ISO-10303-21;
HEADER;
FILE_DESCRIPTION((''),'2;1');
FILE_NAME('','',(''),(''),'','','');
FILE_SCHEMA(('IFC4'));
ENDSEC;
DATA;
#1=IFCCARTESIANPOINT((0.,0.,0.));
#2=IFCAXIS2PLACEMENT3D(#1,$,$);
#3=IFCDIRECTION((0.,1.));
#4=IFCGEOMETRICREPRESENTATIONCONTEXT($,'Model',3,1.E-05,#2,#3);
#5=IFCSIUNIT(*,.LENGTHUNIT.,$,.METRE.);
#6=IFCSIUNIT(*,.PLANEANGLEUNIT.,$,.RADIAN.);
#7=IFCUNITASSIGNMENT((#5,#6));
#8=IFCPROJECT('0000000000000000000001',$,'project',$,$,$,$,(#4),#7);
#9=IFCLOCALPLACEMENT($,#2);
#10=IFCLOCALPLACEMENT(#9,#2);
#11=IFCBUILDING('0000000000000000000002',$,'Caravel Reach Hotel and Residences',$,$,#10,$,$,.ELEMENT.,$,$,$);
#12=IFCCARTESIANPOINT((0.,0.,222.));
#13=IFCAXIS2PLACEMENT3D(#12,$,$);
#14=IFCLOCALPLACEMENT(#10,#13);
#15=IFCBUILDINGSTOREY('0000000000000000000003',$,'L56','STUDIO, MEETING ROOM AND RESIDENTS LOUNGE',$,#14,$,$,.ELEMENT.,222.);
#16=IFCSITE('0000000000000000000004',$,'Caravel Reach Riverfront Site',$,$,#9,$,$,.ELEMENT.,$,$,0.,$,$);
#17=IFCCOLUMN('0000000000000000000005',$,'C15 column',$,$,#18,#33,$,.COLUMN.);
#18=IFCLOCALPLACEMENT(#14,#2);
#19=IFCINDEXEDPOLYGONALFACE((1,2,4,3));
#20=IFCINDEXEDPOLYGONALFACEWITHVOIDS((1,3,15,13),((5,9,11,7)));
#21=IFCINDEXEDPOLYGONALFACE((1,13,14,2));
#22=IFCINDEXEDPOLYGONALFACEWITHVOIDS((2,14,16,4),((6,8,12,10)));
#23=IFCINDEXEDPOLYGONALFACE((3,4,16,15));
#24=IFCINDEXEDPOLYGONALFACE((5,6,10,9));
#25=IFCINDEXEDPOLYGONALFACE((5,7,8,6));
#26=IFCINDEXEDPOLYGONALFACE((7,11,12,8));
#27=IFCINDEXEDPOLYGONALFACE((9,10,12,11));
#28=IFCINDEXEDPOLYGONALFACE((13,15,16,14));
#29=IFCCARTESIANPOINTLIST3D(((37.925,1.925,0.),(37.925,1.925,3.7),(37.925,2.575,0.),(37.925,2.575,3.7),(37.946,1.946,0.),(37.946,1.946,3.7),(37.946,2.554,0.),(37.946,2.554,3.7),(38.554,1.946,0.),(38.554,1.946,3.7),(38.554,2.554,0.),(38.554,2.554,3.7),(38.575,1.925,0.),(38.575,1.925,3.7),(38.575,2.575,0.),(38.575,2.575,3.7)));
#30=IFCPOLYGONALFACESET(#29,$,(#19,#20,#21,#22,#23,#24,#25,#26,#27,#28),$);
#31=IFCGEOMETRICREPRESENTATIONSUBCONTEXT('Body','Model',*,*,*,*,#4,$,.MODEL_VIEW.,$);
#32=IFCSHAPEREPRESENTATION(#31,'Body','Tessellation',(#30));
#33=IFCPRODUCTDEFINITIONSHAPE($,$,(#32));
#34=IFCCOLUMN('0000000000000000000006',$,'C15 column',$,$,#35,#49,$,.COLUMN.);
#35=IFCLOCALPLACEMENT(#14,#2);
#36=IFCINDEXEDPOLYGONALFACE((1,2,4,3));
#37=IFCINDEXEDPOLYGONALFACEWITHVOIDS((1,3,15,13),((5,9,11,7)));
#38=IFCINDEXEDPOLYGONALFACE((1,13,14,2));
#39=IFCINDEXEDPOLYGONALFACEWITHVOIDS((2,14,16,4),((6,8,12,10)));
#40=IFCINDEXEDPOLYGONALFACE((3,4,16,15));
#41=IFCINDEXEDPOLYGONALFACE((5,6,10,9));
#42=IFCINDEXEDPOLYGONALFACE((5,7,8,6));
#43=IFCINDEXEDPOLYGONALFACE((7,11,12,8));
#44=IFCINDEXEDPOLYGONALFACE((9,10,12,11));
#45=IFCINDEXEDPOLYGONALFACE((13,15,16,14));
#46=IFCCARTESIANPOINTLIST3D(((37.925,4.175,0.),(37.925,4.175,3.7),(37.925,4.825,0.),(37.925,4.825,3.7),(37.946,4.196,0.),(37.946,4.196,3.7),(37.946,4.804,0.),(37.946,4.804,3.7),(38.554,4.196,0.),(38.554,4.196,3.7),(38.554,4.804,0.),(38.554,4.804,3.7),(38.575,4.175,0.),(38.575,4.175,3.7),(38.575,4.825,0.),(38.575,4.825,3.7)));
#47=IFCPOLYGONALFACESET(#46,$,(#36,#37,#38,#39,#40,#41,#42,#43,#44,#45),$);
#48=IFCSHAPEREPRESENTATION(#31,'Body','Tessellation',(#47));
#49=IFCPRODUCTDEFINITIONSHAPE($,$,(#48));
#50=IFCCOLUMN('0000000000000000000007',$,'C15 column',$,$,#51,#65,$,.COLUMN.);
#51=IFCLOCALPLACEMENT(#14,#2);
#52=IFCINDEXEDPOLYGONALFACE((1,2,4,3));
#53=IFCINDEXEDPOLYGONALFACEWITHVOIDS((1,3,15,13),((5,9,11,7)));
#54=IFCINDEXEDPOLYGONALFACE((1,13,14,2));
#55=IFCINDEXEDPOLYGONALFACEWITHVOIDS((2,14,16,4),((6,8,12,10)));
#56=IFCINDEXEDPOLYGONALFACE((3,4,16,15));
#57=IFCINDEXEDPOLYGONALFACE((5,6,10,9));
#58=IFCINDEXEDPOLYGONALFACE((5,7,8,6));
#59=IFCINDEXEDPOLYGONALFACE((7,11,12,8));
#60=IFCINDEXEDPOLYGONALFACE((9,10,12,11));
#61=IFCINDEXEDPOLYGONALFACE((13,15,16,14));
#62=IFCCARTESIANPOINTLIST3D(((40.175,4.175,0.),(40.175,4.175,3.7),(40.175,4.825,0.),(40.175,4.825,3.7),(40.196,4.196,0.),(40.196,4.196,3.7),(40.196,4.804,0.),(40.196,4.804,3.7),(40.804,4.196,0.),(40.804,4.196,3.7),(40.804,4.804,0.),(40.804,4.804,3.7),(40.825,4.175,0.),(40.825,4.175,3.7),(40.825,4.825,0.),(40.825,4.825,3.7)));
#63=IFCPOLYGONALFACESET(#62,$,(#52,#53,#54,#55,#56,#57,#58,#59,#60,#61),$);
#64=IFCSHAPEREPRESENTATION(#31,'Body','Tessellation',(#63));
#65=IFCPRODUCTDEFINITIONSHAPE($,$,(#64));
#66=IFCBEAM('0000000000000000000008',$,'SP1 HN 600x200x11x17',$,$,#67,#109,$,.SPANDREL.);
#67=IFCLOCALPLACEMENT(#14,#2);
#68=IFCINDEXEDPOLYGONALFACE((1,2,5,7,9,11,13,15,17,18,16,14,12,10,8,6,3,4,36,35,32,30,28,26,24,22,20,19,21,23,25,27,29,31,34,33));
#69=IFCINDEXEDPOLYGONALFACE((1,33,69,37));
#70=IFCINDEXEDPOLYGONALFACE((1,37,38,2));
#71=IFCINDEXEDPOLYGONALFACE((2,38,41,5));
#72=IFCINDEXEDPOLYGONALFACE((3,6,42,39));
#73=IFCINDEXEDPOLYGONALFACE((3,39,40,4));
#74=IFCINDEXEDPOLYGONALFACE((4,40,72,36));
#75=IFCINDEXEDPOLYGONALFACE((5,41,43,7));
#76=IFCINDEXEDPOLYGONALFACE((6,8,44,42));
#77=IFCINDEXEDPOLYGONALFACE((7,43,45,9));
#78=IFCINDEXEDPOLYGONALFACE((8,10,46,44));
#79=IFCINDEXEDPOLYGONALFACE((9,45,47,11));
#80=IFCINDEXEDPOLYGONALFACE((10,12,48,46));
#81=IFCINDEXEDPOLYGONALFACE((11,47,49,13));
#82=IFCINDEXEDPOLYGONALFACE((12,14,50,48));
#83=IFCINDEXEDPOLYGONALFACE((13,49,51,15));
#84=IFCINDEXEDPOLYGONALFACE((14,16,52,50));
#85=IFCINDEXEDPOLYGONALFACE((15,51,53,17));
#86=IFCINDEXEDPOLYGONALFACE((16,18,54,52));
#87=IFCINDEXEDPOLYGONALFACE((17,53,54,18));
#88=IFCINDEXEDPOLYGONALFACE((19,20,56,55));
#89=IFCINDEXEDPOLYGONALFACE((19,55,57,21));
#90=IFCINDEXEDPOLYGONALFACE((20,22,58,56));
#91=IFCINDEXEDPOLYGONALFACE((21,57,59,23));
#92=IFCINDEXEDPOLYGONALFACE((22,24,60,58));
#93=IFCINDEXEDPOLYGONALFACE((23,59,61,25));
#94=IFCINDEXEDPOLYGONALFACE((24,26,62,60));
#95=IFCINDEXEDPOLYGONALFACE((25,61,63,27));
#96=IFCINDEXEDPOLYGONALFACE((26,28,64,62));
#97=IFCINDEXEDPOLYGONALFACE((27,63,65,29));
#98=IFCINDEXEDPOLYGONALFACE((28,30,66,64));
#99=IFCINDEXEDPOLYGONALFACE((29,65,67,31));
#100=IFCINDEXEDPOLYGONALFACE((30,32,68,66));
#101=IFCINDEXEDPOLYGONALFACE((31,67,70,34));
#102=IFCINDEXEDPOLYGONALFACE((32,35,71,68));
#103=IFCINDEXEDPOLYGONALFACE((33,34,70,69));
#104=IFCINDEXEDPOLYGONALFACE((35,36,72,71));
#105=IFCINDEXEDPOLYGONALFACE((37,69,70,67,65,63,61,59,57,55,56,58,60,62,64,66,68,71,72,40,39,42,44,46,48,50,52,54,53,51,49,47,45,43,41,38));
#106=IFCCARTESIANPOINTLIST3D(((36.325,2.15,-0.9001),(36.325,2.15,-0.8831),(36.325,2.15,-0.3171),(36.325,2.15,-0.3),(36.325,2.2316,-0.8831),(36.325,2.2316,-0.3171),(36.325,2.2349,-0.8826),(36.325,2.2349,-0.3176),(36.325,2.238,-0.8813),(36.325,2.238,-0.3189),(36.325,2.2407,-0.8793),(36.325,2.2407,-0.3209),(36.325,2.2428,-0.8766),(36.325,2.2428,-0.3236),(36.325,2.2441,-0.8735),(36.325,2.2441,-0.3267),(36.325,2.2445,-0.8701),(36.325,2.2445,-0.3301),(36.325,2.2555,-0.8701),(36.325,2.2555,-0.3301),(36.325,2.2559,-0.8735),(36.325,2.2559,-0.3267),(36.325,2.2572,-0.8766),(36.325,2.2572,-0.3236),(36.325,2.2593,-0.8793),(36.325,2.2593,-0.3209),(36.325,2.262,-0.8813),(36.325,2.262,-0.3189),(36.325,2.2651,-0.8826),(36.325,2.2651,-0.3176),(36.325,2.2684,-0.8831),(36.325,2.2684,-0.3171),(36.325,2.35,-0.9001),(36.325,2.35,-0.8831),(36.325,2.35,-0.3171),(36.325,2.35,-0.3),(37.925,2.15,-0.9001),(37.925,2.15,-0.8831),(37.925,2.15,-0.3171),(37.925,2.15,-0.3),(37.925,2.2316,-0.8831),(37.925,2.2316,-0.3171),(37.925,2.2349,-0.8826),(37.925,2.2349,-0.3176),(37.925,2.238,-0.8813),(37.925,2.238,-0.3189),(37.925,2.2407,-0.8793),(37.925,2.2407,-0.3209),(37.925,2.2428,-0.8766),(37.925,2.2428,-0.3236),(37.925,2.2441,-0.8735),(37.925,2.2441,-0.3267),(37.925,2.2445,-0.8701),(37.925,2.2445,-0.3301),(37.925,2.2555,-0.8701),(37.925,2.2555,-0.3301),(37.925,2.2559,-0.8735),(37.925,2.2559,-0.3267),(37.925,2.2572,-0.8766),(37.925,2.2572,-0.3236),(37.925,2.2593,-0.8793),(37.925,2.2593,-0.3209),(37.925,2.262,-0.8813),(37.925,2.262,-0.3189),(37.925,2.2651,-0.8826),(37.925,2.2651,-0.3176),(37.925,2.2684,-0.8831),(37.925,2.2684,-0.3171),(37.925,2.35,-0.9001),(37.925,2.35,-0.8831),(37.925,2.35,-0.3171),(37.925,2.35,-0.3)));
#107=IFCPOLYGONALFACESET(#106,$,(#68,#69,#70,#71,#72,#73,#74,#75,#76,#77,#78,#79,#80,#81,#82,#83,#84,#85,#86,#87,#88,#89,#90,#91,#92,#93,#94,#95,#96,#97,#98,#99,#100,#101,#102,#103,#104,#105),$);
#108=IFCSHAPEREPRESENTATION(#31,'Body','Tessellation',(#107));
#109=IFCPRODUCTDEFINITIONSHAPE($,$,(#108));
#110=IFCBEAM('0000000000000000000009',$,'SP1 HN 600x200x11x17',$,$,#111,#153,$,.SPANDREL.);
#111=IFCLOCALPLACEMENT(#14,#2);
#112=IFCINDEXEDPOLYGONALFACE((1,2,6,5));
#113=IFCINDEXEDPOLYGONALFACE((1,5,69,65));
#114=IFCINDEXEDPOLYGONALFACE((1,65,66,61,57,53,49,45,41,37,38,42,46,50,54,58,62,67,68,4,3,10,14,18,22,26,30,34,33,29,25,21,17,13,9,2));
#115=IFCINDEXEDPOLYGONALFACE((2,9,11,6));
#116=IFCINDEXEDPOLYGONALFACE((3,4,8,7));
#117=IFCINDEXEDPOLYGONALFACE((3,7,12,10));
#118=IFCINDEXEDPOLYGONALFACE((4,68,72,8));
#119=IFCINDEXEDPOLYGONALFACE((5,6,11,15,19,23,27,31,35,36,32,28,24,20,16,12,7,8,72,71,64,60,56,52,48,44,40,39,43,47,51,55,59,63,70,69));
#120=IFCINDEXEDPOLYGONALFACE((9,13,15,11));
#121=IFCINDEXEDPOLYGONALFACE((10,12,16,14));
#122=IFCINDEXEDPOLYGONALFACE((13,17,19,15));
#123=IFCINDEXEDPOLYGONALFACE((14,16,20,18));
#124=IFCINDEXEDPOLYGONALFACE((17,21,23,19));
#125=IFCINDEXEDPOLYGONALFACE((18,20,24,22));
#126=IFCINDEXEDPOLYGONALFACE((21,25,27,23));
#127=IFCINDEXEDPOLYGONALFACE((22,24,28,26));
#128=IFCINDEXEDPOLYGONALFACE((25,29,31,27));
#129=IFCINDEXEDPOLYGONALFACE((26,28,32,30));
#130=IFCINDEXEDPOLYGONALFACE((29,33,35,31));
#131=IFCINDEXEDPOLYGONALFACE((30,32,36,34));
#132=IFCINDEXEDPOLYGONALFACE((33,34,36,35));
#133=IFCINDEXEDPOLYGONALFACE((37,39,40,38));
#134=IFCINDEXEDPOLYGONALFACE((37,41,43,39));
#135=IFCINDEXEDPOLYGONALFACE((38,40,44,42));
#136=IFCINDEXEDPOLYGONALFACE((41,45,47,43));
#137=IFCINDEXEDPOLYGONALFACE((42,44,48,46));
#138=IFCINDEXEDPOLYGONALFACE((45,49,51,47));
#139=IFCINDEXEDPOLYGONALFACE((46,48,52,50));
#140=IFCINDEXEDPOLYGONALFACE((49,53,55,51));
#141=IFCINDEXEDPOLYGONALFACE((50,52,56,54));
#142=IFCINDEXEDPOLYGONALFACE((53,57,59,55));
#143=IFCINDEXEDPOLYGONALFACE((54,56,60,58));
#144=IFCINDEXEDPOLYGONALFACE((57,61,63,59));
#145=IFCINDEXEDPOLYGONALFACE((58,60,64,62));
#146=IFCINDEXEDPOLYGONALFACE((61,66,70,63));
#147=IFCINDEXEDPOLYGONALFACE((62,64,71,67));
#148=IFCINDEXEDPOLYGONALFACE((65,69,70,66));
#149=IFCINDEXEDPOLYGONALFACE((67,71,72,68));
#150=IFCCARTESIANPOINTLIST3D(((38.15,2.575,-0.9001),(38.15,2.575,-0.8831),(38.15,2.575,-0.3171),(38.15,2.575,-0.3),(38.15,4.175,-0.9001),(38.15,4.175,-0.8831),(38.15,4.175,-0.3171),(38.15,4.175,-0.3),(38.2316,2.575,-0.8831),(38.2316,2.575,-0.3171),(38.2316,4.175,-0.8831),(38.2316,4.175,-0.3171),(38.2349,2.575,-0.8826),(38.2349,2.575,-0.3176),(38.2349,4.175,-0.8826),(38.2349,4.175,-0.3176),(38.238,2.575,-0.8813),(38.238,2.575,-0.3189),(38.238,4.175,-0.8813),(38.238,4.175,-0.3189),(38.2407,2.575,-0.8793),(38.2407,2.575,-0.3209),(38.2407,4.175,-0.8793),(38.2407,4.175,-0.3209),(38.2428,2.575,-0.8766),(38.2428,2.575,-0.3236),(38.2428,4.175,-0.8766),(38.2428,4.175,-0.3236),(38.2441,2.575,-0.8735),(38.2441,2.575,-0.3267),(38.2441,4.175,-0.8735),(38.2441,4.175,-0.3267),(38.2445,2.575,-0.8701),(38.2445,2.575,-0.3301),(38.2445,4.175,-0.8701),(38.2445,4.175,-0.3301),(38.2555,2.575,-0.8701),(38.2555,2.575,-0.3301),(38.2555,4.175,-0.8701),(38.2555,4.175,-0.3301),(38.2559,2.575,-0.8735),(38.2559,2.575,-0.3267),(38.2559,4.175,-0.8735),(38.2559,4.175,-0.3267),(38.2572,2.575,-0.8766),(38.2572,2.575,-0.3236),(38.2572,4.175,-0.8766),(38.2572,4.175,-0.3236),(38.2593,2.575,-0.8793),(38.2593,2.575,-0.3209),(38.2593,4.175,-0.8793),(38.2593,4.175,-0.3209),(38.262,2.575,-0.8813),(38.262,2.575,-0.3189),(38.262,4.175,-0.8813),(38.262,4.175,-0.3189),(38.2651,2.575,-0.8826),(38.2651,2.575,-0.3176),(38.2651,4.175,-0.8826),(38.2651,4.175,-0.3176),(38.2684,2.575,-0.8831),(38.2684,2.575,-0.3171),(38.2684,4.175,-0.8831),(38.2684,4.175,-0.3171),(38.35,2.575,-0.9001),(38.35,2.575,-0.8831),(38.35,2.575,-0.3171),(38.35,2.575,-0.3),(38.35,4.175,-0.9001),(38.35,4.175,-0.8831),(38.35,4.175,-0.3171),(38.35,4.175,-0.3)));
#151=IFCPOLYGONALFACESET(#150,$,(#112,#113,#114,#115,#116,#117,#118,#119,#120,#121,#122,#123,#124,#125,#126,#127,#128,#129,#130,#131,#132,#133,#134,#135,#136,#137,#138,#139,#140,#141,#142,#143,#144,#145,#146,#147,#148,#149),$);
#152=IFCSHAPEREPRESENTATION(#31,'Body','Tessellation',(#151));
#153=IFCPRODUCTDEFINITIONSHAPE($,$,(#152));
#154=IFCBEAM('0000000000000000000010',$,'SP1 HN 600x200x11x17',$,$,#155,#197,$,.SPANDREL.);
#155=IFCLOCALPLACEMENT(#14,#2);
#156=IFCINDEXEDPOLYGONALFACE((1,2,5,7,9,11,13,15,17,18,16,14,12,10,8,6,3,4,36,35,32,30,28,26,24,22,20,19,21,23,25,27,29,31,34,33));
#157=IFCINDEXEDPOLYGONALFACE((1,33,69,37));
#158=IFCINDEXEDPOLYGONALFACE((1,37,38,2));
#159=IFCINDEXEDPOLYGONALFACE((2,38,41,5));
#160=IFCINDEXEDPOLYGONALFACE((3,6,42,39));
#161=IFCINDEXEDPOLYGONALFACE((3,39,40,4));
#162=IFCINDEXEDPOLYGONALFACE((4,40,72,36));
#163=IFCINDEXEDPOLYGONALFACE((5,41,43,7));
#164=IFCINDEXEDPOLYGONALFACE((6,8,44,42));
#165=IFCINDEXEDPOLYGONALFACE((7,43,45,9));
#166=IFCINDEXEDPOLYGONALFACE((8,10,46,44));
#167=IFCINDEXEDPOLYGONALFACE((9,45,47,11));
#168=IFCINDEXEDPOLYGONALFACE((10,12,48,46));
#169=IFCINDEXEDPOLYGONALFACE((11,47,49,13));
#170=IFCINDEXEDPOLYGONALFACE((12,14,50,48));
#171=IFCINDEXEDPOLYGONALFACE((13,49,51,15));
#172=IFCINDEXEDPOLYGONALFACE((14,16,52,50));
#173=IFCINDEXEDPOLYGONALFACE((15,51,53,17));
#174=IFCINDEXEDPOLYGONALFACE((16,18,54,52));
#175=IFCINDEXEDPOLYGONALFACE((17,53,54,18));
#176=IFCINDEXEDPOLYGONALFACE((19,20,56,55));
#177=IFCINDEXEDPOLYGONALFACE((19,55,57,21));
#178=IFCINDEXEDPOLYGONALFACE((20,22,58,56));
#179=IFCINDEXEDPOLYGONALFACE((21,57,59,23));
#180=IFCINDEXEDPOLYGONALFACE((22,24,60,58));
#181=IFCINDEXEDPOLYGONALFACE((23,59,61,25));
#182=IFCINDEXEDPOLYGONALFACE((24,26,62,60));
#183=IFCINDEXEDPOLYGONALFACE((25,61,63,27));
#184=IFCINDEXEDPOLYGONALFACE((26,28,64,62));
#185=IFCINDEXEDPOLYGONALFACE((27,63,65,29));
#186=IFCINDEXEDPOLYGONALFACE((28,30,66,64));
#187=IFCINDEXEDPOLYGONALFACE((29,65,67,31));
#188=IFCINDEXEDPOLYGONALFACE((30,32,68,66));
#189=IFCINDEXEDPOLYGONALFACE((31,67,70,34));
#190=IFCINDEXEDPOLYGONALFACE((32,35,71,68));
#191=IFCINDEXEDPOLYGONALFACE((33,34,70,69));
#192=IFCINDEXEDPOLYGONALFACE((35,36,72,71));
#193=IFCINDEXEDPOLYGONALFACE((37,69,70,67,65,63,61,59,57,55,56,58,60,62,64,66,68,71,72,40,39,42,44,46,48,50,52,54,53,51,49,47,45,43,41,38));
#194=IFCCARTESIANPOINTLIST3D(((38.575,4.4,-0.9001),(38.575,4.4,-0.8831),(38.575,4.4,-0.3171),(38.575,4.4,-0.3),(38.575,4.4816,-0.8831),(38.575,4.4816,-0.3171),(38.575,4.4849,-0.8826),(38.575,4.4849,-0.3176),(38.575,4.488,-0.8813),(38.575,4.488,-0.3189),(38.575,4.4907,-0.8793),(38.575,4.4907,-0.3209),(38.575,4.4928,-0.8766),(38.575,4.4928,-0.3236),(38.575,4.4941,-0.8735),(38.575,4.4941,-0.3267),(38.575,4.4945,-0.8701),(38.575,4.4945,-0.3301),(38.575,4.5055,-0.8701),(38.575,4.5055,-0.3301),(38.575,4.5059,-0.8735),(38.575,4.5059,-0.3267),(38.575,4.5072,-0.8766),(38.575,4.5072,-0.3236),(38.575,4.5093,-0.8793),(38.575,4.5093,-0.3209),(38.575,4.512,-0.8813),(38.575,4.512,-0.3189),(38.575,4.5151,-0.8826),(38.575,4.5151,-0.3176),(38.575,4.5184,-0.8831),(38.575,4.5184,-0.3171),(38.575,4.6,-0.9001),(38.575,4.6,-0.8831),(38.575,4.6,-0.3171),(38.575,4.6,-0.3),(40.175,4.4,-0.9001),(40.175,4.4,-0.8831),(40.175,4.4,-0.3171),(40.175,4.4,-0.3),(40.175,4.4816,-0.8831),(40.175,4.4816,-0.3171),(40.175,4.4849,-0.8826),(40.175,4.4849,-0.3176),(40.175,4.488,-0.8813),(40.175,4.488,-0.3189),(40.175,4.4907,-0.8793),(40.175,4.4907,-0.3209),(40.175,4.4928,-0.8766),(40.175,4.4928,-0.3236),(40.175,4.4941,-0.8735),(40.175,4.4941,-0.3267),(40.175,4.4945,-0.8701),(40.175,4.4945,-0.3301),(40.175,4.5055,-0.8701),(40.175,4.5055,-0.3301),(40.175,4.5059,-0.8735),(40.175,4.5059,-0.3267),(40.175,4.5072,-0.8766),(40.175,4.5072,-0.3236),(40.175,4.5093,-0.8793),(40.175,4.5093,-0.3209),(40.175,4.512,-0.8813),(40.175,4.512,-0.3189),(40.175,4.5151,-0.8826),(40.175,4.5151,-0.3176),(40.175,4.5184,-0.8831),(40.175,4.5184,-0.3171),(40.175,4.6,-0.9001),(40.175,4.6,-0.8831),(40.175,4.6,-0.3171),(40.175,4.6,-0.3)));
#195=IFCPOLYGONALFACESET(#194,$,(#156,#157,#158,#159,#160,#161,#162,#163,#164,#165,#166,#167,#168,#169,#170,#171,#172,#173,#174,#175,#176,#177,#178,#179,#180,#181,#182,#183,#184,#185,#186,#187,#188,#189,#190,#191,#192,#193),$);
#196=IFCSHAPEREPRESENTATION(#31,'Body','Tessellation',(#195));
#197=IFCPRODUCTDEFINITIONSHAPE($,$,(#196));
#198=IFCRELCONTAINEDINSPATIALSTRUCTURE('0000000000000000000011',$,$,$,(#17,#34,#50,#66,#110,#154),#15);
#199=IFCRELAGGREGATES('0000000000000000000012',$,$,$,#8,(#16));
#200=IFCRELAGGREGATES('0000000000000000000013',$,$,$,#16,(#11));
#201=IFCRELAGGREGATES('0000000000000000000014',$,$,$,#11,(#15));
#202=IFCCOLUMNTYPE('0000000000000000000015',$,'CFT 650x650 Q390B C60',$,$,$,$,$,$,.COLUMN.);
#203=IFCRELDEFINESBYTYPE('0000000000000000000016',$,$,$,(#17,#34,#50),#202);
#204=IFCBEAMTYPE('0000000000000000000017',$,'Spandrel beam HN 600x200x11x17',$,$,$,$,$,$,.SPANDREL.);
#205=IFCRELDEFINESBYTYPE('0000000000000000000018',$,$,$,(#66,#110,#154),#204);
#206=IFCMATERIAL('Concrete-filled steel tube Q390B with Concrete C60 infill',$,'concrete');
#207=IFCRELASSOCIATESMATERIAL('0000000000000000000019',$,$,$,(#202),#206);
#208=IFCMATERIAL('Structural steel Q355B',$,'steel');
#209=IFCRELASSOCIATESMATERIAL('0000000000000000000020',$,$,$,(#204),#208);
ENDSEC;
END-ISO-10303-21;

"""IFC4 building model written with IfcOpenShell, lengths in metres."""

from ifc_helpers import new_model, si_unit, direction, frame, origin, origin_2d, place, context, subcontext, project, spatial, hollow_rectangle, i_section, extrude, material, material_profile, profile_set, type_object, element, save


model = new_model("IFC4")

# Units and contexts
model_context = context("Model", 3, precision=1e-05, world=origin(), true_north=direction((0.0, 1.0)))
body_context = subcontext(model_context, "Body", "Model", "MODEL_VIEW")
ifc_project = project(units=[si_unit("LENGTHUNIT", "METRE"), si_unit("PLANEANGLEUNIT", "RADIAN")], contexts=[model_context])

# Site, building, storey
site_placement = place(None, origin())
site = spatial("IfcSite", under=ifc_project, at=site_placement, Name="Caravel Reach Riverfront Site", CompositionType="ELEMENT", RefElevation=0.0)
building_placement = place(site_placement, origin())
building = spatial("IfcBuilding", under=site, at=building_placement, Name="Caravel Reach Hotel and Residences", CompositionType="ELEMENT")
storey_placement = place(building_placement, frame((0.0, 0.0, 222.0)))
storey = spatial("IfcBuildingStorey", under=building, at=storey_placement, Name="L56", Description="STUDIO, MEETING ROOM AND RESIDENTS LOUNGE", CompositionType="ELEMENT", Elevation=222.0)

# Columns
ifc_material_1 = material(Name="Concrete-filled steel tube Q390B with Concrete C60 infill", Category="concrete")
ifc_material_profile_1 = material_profile(ifc_material_1, hollow_rectangle(XDim=0.6499, YDim=0.6499, WallThickness=0.021, at=origin_2d()), Name="RHS 650x650x21")
ifc_profile_set_1 = profile_set([ifc_material_profile_1], Name="Concrete-filled steel tube Q390B with Concrete C60 infill")
column_type = type_object("IfcColumnType", Name="CFT 650x650 Q390B C60", PredefinedType="COLUMN", material=ifc_profile_set_1)
for number, where, z_axis, x_axis, name in (
    (1, (38.25, 2.25, 0.0), (0.0, 0.0, 1.0), (1.0, 0.0, 0.0), "C15 column"),
    (2, (38.25, 4.5, 0.0), (0.0, 0.0, 1.0), (1.0, 0.0, 0.0), "C15 column"),
    (3, (40.5, 4.5, 0.0), (0.0, 0.0, 1.0), (1.0, 0.0, 0.0), "C15 column"),
):
    element("IfcColumn", number, at=place(storey_placement, frame(where, z_axis=z_axis, x_axis=x_axis)), inside=storey, type_object=column_type, Name=name, PredefinedType="COLUMN", context=body_context, shape_type="SweptSolid", body=[
        extrude(hollow_rectangle(XDim=0.6499, YDim=0.6499, WallThickness=0.021, at=origin_2d()), origin(), (0.0, 0.0, 1.0), 3.7),
    ])

# Beams
ifc_material_2 = material(Name="Structural steel Q355B", Category="steel")
ifc_material_profile_2 = material_profile(ifc_material_2, i_section(OverallWidth=0.2, OverallDepth=0.6001, WebThickness=0.011, FlangeThickness=0.0171, FilletRadius=0.0129, at=origin_2d()), Name="HN 600x200x11x17")
ifc_profile_set_2 = profile_set([ifc_material_profile_2], Name="Structural steel Q355B")
beam_type = type_object("IfcBeamType", Name="Spandrel beam HN 600x200x11x17", PredefinedType="SPANDREL", material=ifc_profile_set_2)
for number, where, z_axis, x_axis, name in (
    (4, (36.325, 2.25, -0.6001), (1.0, 0.0, 0.0), (0.0, 1.0, 0.0), "SP1 HN 600x200x11x17"),
    (5, (38.25, 2.575, -0.6001), (0.0, 1.0, 0.0), (-1.0, 0.0, 0.0), "SP1 HN 600x200x11x17"),
    (6, (38.575, 4.5, -0.6001), (1.0, 0.0, 0.0), (0.0, 1.0, 0.0), "SP1 HN 600x200x11x17"),
):
    element("IfcBeam", number, at=place(storey_placement, frame(where, z_axis=z_axis, x_axis=x_axis)), inside=storey, type_object=beam_type, Name=name, PredefinedType="SPANDREL", context=body_context, shape_type="SweptSolid", body=[
        extrude(i_section(OverallWidth=0.2, OverallDepth=0.6001, WebThickness=0.011, FlangeThickness=0.0171, FilletRadius=0.0129, at=origin_2d()), origin(), (0.0, 0.0, 1.0), 1.6001),
    ])

save(model, "model.ifc")
